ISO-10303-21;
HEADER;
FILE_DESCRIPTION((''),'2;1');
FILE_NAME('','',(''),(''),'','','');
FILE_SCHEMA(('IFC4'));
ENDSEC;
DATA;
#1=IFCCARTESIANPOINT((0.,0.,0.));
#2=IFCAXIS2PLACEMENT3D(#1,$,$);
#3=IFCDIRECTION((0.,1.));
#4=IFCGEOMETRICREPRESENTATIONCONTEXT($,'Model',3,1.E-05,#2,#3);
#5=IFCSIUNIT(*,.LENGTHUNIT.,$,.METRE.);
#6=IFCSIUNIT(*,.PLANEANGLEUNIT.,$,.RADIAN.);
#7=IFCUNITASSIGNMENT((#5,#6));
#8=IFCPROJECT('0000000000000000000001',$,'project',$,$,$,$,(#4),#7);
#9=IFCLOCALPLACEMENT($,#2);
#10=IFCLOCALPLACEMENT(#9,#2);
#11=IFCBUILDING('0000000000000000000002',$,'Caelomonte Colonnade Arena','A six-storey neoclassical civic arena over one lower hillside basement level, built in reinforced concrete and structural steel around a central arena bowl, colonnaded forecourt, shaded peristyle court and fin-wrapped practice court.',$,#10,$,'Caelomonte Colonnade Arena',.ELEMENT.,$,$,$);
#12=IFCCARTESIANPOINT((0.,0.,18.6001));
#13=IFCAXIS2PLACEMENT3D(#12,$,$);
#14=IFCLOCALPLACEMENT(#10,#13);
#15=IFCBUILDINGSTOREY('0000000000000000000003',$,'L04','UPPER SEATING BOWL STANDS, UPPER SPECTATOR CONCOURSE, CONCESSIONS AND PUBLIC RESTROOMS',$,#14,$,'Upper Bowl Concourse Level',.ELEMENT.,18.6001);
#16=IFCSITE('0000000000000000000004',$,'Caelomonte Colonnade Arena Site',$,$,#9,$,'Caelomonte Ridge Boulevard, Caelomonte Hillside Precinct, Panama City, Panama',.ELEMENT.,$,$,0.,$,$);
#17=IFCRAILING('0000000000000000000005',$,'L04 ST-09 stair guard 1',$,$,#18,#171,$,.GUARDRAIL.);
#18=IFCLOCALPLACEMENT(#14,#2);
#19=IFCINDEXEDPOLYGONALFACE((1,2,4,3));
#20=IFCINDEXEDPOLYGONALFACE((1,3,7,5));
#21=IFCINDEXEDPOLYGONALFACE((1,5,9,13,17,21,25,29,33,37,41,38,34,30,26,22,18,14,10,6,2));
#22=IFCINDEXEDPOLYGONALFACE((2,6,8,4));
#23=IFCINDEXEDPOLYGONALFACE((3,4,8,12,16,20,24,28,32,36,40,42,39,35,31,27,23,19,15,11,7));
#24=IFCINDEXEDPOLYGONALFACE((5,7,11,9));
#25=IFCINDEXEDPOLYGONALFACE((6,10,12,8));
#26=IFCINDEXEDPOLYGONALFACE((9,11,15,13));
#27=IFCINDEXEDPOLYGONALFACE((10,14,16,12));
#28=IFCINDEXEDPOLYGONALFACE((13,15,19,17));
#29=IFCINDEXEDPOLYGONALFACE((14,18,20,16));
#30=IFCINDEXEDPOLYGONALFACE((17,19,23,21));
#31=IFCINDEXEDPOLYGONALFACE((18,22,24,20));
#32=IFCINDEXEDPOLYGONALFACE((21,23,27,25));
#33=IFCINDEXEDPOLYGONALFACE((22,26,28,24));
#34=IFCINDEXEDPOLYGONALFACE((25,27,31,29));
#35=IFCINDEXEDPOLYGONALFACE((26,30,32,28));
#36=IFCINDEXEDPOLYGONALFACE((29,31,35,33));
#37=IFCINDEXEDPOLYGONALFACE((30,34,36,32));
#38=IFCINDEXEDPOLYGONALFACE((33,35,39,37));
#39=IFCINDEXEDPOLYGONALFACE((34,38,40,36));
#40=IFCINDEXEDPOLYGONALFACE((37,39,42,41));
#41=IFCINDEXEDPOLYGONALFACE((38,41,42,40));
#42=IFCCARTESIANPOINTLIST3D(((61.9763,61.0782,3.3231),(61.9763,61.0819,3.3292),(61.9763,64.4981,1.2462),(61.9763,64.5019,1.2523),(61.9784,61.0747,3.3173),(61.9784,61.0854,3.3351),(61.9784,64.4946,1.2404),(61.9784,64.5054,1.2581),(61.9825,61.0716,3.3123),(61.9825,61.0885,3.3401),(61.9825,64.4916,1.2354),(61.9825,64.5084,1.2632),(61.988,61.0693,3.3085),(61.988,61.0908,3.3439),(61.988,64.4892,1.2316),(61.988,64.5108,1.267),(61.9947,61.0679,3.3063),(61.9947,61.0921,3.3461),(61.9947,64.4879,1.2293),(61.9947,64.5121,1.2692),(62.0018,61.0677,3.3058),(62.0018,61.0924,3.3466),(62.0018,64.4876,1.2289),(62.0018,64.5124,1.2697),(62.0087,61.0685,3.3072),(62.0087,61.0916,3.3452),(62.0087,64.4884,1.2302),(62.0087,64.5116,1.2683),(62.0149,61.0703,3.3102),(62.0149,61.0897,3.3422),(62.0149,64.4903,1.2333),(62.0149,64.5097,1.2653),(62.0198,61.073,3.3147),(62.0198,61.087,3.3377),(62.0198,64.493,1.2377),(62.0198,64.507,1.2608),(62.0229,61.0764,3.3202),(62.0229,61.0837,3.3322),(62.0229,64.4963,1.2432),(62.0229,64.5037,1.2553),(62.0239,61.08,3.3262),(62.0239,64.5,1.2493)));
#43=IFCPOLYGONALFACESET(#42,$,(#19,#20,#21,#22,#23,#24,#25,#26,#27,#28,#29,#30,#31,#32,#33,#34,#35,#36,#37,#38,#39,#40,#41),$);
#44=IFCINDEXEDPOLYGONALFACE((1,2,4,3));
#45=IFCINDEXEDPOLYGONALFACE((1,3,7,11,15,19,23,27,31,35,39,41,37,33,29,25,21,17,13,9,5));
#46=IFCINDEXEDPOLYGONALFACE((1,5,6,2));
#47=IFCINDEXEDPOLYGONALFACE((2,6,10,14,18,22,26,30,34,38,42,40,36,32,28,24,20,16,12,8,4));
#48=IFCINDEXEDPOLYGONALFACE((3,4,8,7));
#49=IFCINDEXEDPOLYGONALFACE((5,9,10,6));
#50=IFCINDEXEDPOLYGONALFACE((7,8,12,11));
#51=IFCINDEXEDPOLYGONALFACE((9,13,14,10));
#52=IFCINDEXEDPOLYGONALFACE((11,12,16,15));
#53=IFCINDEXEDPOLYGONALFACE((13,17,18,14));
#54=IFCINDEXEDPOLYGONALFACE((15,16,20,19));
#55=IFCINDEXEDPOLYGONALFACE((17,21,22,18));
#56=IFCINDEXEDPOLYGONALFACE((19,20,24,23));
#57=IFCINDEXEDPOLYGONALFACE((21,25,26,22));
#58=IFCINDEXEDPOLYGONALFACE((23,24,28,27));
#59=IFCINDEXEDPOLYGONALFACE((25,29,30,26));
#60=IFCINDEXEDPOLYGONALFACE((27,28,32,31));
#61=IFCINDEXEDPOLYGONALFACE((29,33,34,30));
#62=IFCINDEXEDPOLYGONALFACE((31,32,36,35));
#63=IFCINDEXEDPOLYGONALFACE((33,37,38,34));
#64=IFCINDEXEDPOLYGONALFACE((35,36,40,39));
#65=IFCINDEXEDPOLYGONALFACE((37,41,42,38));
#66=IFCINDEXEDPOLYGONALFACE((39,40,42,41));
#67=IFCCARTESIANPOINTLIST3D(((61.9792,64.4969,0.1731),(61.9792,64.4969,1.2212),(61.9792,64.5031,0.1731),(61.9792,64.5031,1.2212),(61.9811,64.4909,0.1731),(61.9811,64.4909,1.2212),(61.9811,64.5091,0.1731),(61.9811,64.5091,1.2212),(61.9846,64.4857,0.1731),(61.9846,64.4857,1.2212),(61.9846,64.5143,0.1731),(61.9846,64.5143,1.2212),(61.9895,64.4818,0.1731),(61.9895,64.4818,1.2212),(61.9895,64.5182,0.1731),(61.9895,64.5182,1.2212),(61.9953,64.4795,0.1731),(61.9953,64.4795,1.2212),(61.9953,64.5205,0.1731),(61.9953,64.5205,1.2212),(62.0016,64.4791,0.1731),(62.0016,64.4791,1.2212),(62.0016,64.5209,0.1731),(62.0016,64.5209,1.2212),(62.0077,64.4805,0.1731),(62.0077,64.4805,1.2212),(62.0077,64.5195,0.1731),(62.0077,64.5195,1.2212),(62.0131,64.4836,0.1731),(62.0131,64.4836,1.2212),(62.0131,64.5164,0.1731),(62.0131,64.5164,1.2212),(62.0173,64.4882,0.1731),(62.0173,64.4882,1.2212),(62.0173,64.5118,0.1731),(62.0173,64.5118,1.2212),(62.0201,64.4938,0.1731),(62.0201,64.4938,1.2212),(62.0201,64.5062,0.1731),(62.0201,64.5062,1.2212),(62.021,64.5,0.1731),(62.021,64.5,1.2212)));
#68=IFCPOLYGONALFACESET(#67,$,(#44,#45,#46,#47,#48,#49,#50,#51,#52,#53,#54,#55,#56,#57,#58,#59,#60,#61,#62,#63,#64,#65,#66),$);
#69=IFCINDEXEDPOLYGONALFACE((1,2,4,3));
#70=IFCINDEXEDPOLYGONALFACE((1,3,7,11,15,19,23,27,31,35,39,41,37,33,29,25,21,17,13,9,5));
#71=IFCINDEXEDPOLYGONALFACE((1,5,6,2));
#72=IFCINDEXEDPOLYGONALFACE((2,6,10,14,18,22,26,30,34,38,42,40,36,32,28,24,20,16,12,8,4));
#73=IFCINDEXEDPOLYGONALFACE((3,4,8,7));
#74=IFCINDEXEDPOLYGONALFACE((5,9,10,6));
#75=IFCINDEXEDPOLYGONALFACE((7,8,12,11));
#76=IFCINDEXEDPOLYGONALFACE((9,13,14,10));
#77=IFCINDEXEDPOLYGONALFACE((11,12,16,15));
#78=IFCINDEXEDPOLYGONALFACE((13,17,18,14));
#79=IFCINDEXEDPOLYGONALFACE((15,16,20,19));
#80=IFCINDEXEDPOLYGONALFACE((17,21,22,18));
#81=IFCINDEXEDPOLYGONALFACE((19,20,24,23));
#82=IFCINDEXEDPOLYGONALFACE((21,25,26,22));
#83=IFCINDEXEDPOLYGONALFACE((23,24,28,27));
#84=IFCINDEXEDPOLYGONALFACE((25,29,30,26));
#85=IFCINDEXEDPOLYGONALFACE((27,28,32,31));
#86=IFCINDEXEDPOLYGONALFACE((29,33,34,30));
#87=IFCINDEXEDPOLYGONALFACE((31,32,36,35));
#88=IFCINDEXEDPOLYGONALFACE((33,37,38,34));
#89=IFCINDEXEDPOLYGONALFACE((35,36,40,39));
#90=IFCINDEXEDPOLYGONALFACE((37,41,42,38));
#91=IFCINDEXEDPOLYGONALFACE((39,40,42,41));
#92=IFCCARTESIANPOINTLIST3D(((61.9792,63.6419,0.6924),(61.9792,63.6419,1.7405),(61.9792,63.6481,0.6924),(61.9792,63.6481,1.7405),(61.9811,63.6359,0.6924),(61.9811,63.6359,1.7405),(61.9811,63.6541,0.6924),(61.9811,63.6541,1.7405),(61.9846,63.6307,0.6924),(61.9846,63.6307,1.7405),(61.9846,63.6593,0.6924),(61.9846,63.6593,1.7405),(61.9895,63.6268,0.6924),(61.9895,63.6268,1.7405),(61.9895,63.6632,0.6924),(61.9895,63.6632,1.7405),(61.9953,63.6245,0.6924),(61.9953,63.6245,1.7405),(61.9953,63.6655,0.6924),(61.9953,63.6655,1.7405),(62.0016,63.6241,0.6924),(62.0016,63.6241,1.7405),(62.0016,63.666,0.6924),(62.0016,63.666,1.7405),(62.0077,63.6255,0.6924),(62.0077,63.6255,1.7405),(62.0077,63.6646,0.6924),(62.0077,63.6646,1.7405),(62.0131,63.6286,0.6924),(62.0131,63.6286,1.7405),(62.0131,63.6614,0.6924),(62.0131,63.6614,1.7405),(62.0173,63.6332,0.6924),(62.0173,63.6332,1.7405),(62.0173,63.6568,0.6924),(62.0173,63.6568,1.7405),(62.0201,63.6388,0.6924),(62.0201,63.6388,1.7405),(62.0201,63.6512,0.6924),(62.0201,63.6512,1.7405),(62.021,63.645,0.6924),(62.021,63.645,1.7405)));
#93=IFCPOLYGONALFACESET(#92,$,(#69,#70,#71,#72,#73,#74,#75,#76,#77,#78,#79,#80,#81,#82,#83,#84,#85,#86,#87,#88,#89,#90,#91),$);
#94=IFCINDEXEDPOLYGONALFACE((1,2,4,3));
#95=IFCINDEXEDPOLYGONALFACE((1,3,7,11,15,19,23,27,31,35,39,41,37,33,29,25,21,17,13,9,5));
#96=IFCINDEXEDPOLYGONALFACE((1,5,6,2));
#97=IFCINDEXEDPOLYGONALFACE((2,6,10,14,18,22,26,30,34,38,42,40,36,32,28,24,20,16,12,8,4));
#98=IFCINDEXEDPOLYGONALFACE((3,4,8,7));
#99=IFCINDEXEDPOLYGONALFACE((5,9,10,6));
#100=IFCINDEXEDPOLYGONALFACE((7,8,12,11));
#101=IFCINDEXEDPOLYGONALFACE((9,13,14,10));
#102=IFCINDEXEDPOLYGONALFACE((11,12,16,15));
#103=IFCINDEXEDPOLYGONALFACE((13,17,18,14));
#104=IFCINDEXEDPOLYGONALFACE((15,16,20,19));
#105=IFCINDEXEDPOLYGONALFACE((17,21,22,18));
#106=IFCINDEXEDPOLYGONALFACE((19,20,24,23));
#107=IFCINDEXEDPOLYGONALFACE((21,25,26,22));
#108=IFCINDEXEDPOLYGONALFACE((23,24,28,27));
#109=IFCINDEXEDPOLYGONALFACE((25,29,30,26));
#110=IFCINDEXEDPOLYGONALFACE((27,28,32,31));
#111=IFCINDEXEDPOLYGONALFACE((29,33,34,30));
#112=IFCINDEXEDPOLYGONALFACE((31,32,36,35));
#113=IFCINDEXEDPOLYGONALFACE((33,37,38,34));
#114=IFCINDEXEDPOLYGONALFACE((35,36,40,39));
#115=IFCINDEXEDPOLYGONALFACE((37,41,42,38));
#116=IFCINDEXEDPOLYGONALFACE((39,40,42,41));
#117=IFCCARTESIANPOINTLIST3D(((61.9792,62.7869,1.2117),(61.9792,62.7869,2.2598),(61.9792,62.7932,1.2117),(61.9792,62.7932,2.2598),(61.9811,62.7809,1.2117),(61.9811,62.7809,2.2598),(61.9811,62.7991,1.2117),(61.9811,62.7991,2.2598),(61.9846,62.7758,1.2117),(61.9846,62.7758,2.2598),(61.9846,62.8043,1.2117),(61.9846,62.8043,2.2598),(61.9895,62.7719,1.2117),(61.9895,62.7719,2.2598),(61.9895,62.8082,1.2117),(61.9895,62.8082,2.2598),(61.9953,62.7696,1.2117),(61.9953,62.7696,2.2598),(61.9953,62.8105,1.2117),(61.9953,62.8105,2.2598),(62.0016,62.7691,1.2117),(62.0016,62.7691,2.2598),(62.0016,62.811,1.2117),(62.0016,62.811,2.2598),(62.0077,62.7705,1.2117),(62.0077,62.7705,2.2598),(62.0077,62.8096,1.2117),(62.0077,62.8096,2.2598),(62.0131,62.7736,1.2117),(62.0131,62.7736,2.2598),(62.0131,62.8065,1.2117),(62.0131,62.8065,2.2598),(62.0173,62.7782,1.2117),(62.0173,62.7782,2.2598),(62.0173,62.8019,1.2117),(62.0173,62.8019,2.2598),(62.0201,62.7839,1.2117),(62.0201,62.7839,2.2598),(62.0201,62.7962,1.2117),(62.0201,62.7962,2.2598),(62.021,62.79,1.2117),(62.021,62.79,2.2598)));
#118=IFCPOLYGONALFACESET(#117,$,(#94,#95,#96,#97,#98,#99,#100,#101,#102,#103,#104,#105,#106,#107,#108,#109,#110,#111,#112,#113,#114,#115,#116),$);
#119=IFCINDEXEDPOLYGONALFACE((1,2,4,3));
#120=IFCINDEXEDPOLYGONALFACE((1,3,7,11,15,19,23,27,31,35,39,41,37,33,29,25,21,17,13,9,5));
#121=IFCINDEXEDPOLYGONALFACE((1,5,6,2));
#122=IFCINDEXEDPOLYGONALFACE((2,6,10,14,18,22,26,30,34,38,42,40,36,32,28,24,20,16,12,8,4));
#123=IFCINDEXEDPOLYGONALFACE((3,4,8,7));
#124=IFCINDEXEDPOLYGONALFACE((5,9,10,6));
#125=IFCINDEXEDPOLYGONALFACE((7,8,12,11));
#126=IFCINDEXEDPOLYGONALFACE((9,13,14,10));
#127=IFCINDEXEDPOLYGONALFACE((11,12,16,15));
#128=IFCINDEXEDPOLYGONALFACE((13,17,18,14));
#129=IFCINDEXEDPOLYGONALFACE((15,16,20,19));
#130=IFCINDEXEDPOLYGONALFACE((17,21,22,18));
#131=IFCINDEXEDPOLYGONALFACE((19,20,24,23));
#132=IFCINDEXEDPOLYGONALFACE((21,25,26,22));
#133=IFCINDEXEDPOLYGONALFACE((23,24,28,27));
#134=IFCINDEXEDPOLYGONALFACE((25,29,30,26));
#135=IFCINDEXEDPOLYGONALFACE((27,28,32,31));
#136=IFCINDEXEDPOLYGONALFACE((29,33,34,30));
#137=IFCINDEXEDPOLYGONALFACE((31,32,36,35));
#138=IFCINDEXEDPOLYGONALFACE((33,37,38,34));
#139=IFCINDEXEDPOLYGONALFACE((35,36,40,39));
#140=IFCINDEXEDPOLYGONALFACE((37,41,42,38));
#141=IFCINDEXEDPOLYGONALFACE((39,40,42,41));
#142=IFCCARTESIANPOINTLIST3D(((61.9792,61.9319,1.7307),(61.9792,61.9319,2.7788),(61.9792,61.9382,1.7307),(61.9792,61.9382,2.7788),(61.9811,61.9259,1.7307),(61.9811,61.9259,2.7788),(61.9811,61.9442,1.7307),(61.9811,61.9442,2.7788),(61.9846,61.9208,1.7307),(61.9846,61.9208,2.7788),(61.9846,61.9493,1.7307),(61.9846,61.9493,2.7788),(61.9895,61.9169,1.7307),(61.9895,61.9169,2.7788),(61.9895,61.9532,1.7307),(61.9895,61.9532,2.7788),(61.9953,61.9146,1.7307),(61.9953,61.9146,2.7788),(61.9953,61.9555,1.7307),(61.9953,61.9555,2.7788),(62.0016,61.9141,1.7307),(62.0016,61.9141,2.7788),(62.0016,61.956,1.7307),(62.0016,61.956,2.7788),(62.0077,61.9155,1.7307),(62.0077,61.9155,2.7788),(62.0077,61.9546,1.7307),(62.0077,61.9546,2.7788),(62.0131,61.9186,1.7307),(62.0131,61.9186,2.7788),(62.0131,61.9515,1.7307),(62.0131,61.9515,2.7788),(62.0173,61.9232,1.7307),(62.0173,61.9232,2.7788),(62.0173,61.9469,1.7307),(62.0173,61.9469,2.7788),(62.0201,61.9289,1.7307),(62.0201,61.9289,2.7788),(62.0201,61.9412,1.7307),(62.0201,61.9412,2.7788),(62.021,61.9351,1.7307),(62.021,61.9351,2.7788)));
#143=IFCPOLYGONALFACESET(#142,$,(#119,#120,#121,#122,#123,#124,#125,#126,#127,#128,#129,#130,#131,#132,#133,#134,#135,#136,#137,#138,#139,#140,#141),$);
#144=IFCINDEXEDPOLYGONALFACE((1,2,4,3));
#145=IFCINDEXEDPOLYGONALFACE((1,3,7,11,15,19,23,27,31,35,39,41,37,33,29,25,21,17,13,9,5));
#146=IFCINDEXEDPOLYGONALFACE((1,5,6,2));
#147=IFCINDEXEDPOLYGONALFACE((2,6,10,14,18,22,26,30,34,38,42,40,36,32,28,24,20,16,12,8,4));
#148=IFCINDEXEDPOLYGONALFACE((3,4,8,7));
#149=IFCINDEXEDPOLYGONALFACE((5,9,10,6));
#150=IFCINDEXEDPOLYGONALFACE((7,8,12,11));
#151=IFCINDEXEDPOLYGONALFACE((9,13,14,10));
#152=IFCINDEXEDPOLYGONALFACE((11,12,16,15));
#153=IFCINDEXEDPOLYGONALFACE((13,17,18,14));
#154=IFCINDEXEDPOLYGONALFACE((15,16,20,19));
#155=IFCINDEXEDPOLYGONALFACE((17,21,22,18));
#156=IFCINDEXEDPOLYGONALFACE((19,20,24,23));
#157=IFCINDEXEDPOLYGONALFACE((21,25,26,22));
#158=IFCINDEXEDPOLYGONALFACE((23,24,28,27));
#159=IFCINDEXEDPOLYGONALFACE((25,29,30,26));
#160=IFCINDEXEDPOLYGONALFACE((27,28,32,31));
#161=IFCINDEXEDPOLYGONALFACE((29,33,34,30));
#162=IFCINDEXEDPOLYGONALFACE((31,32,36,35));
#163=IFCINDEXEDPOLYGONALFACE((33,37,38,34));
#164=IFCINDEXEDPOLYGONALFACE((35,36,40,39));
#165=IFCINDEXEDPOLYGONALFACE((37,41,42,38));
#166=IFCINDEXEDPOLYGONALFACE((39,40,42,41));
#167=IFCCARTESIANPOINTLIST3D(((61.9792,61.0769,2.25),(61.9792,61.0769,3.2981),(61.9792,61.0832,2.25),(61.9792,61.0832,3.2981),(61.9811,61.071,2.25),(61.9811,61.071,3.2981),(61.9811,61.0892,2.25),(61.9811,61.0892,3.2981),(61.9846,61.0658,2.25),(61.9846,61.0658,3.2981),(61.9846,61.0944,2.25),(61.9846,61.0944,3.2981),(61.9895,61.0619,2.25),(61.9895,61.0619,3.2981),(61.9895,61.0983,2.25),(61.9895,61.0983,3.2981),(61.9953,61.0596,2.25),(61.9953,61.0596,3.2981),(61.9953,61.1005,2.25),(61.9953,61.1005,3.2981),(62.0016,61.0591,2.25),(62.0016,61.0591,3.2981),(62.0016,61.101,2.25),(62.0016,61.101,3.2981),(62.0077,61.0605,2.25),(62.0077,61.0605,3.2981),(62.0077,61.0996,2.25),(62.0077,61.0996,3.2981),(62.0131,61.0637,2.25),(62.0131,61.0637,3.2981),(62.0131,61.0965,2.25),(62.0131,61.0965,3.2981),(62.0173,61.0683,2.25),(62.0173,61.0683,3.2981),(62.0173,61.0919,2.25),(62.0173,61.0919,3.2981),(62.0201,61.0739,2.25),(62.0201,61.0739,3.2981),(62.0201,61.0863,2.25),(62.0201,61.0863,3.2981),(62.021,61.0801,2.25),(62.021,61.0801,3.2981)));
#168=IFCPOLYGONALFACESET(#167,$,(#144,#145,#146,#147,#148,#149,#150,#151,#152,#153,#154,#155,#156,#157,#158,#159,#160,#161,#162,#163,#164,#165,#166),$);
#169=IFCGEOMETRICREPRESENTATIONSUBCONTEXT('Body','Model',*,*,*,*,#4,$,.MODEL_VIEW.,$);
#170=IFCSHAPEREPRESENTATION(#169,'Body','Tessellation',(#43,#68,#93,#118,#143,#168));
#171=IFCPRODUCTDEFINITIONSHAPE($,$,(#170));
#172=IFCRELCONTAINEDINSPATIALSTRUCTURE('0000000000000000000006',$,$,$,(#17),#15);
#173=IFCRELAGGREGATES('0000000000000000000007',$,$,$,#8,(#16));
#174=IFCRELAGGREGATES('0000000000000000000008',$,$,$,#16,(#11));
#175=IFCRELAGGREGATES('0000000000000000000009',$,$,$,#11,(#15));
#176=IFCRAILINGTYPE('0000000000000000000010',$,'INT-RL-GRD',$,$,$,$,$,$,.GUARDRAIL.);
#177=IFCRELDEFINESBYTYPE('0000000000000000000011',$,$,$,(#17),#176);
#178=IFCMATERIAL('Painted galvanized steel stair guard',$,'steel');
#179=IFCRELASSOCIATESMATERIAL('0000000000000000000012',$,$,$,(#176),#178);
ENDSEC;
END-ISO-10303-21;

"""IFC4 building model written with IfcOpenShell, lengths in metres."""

from ifc_helpers import new_model, si_unit, direction, frame, origin, origin_2d, place, context, subcontext, project, spatial, circle, extrude, material, type_object, element, save


model = new_model("IFC4")

# Units and contexts
model_context = context("Model", 3, precision=1e-05, world=origin(), true_north=direction((0.0, 1.0)))
body_context = subcontext(model_context, "Body", "Model", "MODEL_VIEW")
ifc_project = project(units=[si_unit("LENGTHUNIT", "METRE"), si_unit("PLANEANGLEUNIT", "RADIAN")], contexts=[model_context])

# Site, building, storey
site_placement = place(None, origin())
site = spatial("IfcSite", under=ifc_project, at=site_placement, Name="Caelomonte Colonnade Arena Site", LongName="Caelomonte Ridge Boulevard, Caelomonte Hillside Precinct, Panama City, Panama", CompositionType="ELEMENT", RefElevation=0.0)
building_placement = place(site_placement, origin())
building = spatial("IfcBuilding", under=site, at=building_placement, Name="Caelomonte Colonnade Arena", Description="A six-storey neoclassical civic arena over one lower hillside basement level, built in reinforced concrete and structural steel around a central arena bowl, colonnaded forecourt, shaded peristyle court and fin-wrapped practice court.", LongName="Caelomonte Colonnade Arena", CompositionType="ELEMENT")
storey_placement = place(building_placement, frame((0.0, 0.0, 18.6001)))
storey = spatial("IfcBuildingStorey", under=building, at=storey_placement, Name="L04", Description="UPPER SEATING BOWL STANDS, UPPER SPECTATOR CONCOURSE, CONCESSIONS AND PUBLIC RESTROOMS", LongName="Upper Bowl Concourse Level", CompositionType="ELEMENT", Elevation=18.6001)

# Railing
ifc_material_1 = material(Name="Painted galvanized steel stair guard", Category="steel")
railing_type_1 = type_object("IfcRailingType", Name="INT-RL-GRD", PredefinedType="GUARDRAIL", material=ifc_material_1)
railing_1_placement = place(storey_placement, frame((62.0, 64.5, 0.1731)))
element("IfcRailing", 1, at=railing_1_placement, inside=storey, type_object=railing_type_1, Name="L04 ST-09 stair guard 1", PredefinedType="GUARDRAIL", context=body_context, shape_type="SweptSolid", body=[
    extrude(circle(Radius=0.0239, at=origin_2d()), frame((0.0, 0.0, 1.0762), z_axis=(0.0, -0.85473, 0.519074), x_axis=(1.0, 0.0, 0.0)), (0.0, 0.0, 1.0), 4.0012),
    extrude(circle(Radius=0.021, at=origin_2d()), origin(), (0.0, 0.0, 1.0), 1.0481),
    extrude(circle(Radius=0.021, at=origin_2d()), frame((0.0, -0.855, 0.5193)), (0.0, 0.0, 1.0), 1.0481),
    extrude(circle(Radius=0.021, at=origin_2d()), frame((0.0, -1.71, 1.0386)), (0.0, 0.0, 1.0), 1.0481),
    extrude(circle(Radius=0.021, at=origin_2d()), frame((0.0, -2.5649, 1.5576)), (0.0, 0.0, 1.0), 1.0481),
    extrude(circle(Radius=0.021, at=origin_2d()), frame((0.0, -3.4199, 2.0769)), (0.0, 0.0, 1.0), 1.0481),
])

save(model, "model.ifc")
